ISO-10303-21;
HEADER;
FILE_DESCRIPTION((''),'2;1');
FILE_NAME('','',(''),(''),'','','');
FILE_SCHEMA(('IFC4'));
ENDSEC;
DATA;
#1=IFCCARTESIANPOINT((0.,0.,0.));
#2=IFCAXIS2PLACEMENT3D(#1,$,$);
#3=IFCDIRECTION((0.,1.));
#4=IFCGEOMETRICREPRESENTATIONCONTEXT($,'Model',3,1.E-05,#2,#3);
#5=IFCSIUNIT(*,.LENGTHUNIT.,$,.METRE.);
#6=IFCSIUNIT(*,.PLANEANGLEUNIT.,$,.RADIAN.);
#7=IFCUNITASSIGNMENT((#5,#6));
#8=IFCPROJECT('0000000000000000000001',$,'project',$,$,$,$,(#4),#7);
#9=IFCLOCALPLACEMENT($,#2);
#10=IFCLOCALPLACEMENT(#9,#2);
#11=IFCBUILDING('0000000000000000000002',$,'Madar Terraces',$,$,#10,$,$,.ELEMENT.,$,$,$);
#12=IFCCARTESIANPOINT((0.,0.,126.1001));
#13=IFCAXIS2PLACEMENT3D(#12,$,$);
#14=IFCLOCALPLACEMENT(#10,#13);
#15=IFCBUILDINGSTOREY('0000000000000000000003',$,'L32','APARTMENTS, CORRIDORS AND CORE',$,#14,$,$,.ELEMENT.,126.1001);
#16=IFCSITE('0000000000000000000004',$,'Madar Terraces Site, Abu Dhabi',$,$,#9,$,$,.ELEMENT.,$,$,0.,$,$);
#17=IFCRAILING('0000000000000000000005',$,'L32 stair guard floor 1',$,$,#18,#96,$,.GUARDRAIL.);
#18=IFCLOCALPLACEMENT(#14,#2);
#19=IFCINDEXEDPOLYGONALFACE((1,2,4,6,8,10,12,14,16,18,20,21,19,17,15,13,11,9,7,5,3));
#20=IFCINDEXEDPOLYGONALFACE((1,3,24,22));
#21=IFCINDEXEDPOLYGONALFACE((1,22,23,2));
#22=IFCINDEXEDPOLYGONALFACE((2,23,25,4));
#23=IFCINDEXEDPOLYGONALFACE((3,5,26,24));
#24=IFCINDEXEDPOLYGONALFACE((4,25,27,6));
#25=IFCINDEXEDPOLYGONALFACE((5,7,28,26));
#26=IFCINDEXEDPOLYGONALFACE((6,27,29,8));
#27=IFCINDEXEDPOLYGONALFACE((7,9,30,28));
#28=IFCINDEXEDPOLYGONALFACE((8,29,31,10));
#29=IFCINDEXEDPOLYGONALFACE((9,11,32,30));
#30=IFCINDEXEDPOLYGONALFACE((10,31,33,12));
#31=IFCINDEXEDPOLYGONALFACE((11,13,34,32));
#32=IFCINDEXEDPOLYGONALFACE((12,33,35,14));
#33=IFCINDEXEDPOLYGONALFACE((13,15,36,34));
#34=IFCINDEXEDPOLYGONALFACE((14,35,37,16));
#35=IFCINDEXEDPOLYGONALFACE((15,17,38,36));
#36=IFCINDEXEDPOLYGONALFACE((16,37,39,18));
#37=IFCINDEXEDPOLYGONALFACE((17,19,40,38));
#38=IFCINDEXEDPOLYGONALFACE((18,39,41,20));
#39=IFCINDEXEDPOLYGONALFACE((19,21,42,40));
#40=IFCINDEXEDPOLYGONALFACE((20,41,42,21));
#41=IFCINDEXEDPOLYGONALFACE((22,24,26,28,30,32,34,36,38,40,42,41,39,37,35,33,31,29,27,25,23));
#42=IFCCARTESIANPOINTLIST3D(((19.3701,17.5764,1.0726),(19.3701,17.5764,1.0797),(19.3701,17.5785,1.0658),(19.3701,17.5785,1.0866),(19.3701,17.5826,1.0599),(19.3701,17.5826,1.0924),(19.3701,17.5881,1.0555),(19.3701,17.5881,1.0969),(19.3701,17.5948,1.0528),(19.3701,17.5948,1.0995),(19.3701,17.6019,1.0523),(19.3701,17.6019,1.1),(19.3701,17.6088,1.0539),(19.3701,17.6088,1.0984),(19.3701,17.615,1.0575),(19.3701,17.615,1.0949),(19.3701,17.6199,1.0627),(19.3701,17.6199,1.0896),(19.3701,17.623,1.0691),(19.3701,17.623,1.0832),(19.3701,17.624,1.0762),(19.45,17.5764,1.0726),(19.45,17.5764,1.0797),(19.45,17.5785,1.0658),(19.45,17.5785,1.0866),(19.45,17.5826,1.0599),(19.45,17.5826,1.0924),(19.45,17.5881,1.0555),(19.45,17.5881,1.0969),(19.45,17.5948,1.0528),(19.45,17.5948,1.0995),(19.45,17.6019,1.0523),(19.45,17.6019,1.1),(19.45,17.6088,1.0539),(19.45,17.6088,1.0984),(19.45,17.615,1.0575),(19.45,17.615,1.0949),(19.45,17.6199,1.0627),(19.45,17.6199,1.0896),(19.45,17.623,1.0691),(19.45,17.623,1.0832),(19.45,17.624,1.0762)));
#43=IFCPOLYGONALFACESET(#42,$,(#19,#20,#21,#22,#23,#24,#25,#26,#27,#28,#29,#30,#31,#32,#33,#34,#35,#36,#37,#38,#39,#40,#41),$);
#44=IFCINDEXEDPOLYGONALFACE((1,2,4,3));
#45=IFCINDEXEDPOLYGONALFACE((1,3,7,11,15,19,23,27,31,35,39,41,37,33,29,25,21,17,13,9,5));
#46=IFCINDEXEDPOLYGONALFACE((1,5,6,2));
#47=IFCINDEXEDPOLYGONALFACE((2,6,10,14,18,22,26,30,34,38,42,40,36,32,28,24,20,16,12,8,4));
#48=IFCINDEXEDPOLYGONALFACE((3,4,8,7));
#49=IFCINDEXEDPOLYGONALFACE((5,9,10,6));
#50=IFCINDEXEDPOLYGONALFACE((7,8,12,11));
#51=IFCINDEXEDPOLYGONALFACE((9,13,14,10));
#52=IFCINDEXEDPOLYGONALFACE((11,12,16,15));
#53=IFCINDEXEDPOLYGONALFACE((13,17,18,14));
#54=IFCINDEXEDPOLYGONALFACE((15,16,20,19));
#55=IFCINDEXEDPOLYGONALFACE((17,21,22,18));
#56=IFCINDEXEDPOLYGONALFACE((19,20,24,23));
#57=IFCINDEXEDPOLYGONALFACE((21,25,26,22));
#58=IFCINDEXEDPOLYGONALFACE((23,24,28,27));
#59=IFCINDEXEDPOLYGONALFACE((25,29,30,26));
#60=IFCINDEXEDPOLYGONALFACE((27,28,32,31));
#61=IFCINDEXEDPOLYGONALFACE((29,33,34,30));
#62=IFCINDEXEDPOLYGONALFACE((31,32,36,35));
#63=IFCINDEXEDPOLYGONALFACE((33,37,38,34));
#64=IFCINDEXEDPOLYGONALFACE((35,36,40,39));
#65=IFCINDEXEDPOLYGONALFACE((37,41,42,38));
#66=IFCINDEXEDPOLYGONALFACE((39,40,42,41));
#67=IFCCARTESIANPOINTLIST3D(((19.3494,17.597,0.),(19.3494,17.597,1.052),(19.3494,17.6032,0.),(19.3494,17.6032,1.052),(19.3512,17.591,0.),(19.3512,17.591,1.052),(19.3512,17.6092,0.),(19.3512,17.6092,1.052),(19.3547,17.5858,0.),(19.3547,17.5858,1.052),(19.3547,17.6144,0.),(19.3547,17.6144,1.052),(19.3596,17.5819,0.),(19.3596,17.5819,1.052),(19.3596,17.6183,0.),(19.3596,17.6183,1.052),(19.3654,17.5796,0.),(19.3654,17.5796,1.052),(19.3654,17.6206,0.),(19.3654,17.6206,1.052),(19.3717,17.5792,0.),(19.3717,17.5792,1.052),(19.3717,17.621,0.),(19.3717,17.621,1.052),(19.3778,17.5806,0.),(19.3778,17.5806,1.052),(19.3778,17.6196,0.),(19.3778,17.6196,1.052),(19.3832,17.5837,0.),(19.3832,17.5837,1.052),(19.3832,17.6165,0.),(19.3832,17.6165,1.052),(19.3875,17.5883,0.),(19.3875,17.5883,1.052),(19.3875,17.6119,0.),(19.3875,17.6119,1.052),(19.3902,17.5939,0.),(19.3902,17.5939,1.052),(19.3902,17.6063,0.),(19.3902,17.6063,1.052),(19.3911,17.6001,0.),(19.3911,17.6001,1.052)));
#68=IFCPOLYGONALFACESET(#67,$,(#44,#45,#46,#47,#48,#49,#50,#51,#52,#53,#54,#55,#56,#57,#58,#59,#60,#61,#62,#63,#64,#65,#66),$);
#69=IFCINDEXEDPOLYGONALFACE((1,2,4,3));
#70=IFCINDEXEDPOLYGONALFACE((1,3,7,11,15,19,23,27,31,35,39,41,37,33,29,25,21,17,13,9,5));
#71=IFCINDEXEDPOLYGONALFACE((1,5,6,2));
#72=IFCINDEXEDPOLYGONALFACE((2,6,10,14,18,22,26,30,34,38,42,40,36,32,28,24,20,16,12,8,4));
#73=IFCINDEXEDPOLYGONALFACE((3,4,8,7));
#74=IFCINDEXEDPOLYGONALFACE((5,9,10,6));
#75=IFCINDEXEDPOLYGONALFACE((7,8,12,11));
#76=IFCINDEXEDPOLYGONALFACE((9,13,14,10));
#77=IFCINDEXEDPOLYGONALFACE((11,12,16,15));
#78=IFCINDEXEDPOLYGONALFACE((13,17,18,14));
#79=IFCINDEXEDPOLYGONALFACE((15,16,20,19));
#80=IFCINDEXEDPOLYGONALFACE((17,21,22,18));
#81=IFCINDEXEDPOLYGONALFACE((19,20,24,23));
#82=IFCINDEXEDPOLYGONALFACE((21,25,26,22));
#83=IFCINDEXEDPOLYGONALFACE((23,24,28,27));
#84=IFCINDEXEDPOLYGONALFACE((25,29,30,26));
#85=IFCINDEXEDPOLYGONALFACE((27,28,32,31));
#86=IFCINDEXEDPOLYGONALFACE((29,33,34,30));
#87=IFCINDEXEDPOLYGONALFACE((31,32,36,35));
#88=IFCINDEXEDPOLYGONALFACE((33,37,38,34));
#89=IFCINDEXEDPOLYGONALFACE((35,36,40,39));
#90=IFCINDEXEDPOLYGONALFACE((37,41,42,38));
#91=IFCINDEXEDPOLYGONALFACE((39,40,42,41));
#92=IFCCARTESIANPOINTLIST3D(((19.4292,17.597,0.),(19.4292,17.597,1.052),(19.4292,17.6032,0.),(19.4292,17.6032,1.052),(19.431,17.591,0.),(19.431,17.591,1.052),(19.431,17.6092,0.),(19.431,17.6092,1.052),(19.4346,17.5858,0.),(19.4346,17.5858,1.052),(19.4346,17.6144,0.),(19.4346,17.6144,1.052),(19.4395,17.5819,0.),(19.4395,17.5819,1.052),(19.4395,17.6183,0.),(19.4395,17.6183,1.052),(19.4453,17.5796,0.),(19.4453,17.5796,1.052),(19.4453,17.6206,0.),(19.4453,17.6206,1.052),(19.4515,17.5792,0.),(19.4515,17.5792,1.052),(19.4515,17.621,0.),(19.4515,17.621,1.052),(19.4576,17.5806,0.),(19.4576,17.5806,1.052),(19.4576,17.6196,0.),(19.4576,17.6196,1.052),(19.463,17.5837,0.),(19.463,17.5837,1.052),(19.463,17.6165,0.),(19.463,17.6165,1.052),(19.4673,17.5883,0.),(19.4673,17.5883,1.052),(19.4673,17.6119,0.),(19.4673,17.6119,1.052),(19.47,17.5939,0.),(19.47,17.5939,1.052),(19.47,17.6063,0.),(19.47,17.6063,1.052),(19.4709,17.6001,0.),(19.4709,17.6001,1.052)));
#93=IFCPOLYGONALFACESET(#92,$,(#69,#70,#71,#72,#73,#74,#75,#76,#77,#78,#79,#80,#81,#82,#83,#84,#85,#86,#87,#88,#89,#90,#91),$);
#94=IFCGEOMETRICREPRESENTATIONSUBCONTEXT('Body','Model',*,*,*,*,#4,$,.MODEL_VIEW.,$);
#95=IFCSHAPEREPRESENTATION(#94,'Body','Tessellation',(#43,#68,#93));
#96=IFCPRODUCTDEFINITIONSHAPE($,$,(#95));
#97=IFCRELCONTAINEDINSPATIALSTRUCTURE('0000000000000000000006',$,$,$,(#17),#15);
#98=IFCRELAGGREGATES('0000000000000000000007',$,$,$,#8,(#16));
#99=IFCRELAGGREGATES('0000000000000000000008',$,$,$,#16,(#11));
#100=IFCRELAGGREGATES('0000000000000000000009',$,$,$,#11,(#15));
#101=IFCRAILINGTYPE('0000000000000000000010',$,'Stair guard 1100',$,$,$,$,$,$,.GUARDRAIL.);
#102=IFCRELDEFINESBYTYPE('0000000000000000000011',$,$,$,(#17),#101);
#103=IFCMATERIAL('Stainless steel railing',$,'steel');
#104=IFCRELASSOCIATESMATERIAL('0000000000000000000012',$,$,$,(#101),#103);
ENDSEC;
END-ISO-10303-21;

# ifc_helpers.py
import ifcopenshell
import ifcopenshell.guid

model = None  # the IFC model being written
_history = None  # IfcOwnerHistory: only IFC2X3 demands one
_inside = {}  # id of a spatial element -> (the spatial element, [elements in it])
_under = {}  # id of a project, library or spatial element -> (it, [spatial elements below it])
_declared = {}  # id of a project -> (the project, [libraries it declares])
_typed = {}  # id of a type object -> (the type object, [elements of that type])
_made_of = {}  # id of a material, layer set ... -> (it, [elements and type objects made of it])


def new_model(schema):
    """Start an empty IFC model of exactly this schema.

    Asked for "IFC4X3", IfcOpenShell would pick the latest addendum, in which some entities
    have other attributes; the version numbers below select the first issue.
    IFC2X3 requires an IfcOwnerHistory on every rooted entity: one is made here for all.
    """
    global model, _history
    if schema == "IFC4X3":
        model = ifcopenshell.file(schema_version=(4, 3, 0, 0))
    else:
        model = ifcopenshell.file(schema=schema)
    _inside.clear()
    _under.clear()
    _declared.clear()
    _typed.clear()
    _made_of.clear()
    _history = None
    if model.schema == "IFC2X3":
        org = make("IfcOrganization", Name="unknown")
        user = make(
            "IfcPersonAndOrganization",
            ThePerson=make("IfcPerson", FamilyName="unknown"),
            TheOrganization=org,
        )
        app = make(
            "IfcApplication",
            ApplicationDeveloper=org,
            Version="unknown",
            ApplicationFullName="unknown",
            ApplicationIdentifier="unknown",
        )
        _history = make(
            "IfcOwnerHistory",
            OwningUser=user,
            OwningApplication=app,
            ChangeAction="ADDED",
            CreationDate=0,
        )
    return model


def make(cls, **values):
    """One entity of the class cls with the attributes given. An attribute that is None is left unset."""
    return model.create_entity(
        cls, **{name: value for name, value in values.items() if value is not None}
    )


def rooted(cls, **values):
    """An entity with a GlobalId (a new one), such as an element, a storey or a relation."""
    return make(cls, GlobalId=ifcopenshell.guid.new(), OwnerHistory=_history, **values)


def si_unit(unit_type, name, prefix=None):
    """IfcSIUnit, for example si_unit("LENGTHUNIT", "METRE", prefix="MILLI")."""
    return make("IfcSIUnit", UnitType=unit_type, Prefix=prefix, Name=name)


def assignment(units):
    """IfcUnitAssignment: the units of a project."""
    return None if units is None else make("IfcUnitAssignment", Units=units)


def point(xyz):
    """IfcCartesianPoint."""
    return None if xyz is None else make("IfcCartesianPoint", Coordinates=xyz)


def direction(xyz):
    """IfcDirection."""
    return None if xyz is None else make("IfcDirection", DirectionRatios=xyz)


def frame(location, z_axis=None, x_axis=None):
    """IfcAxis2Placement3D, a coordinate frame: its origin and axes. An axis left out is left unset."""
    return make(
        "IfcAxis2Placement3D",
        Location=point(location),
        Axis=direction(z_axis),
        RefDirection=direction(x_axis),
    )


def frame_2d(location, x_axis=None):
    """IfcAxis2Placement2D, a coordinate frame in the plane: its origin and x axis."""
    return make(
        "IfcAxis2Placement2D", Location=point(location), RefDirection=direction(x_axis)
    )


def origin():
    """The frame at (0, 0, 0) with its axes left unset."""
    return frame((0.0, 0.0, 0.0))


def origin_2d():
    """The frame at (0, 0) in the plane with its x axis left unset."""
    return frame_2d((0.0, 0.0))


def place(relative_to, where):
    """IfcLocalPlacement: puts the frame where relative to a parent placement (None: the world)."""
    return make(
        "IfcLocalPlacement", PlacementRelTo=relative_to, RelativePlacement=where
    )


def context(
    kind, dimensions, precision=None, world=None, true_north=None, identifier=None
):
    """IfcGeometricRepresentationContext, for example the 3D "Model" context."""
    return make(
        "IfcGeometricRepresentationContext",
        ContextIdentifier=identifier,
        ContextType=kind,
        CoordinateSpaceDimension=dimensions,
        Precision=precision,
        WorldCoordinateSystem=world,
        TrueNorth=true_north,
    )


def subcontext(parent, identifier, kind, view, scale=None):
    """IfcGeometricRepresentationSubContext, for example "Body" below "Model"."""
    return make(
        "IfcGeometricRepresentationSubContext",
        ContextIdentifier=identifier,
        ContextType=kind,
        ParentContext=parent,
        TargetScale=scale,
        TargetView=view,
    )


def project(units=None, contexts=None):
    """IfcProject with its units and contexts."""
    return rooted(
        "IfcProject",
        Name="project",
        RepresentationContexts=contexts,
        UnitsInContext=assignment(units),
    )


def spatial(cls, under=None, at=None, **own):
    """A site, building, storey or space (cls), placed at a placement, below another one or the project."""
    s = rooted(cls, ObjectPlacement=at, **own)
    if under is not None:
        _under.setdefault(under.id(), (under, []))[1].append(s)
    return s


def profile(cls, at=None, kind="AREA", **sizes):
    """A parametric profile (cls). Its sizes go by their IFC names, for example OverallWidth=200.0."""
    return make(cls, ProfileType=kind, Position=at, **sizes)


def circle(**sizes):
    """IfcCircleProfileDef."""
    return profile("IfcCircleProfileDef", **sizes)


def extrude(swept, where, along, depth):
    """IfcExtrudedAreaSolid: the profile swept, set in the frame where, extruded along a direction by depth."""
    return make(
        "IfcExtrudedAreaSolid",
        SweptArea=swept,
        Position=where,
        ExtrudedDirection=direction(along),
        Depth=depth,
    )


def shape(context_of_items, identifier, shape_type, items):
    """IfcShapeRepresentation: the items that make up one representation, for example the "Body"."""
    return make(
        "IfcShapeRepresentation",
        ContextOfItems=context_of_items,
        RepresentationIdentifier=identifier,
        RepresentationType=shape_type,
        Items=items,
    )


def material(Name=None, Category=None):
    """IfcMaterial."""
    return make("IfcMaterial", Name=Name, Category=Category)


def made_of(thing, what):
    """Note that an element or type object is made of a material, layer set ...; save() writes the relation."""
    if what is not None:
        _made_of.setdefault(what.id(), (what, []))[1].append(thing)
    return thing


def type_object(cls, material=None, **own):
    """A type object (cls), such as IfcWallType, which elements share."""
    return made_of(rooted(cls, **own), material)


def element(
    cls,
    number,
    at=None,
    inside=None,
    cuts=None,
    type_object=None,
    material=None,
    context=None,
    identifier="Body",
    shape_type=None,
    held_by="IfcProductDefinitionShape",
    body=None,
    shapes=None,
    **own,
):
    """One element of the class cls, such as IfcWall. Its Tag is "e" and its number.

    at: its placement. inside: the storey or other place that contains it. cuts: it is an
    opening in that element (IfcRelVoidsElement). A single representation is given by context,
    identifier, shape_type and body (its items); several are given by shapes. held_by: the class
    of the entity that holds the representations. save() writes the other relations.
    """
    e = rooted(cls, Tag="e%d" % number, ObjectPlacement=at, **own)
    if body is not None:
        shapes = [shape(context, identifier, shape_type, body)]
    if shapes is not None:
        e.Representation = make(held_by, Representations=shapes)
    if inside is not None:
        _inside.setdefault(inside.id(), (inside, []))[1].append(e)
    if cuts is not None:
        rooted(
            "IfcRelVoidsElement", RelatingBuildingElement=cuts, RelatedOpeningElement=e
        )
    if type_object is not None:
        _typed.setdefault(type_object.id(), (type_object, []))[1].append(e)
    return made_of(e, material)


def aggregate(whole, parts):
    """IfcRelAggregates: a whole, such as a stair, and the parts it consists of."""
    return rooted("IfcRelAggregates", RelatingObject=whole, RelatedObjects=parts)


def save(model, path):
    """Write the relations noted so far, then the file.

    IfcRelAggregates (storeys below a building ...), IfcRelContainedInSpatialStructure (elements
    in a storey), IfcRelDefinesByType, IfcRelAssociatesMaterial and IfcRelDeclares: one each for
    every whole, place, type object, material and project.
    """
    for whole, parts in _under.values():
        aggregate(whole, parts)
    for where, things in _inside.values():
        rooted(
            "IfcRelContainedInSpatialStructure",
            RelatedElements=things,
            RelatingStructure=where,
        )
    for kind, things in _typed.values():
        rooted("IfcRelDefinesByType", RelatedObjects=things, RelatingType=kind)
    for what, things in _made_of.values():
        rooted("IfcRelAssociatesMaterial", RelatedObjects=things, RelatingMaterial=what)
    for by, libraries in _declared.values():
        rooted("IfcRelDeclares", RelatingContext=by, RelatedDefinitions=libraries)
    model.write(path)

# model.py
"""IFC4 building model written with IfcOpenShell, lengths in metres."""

from ifc_helpers import new_model, si_unit, direction, frame, origin, origin_2d, place, context, subcontext, project, spatial, circle, extrude, material, type_object, element, save


model = new_model("IFC4")

# Units and contexts
model_context = context("Model", 3, precision=1e-05, world=origin(), true_north=direction((0.0, 1.0)))
body_context = subcontext(model_context, "Body", "Model", "MODEL_VIEW")
ifc_project = project(units=[si_unit("LENGTHUNIT", "METRE"), si_unit("PLANEANGLEUNIT", "RADIAN")], contexts=[model_context])

# Site, building, storey
site_placement = place(None, origin())
site = spatial("IfcSite", under=ifc_project, at=site_placement, Name="Madar Terraces Site, Abu Dhabi", CompositionType="ELEMENT", RefElevation=0.0)
building_placement = place(site_placement, origin())
building = spatial("IfcBuilding", under=site, at=building_placement, Name="Madar Terraces", CompositionType="ELEMENT")
storey_placement = place(building_placement, frame((0.0, 0.0, 126.1001)))
storey = spatial("IfcBuildingStorey", under=building, at=storey_placement, Name="L32", Description="APARTMENTS, CORRIDORS AND CORE", CompositionType="ELEMENT", Elevation=126.1001)

# Railing
ifc_material_1 = material(Name="Stainless steel railing", Category="steel")
railing_type_1 = type_object("IfcRailingType", Name="Stair guard 1100", PredefinedType="GUARDRAIL", material=ifc_material_1)
for number, where, name in (
    (1, (19.3701, 17.6001, 0.0), "L32 stair guard floor 1"),
):
    element("IfcRailing", number, at=place(storey_placement, frame(where)), inside=storey, type_object=railing_type_1, Name=name, PredefinedType="GUARDRAIL", context=body_context, shape_type="SweptSolid", body=[
        extrude(circle(Radius=0.0239, at=origin_2d()), frame((0.0, 0.0, 1.0762), z_axis=(1.0, 0.0, 0.0), x_axis=(0.0, 1.0, 0.0)), (0.0, 0.0, 1.0), 0.0798),
        extrude(circle(Radius=0.021, at=origin_2d()), origin(), (0.0, 0.0, 1.0), 1.052),
        extrude(circle(Radius=0.021, at=origin_2d()), frame((0.0798, 0.0, 0.0)), (0.0, 0.0, 1.0), 1.052),
    ])

save(model, "model.ifc")
